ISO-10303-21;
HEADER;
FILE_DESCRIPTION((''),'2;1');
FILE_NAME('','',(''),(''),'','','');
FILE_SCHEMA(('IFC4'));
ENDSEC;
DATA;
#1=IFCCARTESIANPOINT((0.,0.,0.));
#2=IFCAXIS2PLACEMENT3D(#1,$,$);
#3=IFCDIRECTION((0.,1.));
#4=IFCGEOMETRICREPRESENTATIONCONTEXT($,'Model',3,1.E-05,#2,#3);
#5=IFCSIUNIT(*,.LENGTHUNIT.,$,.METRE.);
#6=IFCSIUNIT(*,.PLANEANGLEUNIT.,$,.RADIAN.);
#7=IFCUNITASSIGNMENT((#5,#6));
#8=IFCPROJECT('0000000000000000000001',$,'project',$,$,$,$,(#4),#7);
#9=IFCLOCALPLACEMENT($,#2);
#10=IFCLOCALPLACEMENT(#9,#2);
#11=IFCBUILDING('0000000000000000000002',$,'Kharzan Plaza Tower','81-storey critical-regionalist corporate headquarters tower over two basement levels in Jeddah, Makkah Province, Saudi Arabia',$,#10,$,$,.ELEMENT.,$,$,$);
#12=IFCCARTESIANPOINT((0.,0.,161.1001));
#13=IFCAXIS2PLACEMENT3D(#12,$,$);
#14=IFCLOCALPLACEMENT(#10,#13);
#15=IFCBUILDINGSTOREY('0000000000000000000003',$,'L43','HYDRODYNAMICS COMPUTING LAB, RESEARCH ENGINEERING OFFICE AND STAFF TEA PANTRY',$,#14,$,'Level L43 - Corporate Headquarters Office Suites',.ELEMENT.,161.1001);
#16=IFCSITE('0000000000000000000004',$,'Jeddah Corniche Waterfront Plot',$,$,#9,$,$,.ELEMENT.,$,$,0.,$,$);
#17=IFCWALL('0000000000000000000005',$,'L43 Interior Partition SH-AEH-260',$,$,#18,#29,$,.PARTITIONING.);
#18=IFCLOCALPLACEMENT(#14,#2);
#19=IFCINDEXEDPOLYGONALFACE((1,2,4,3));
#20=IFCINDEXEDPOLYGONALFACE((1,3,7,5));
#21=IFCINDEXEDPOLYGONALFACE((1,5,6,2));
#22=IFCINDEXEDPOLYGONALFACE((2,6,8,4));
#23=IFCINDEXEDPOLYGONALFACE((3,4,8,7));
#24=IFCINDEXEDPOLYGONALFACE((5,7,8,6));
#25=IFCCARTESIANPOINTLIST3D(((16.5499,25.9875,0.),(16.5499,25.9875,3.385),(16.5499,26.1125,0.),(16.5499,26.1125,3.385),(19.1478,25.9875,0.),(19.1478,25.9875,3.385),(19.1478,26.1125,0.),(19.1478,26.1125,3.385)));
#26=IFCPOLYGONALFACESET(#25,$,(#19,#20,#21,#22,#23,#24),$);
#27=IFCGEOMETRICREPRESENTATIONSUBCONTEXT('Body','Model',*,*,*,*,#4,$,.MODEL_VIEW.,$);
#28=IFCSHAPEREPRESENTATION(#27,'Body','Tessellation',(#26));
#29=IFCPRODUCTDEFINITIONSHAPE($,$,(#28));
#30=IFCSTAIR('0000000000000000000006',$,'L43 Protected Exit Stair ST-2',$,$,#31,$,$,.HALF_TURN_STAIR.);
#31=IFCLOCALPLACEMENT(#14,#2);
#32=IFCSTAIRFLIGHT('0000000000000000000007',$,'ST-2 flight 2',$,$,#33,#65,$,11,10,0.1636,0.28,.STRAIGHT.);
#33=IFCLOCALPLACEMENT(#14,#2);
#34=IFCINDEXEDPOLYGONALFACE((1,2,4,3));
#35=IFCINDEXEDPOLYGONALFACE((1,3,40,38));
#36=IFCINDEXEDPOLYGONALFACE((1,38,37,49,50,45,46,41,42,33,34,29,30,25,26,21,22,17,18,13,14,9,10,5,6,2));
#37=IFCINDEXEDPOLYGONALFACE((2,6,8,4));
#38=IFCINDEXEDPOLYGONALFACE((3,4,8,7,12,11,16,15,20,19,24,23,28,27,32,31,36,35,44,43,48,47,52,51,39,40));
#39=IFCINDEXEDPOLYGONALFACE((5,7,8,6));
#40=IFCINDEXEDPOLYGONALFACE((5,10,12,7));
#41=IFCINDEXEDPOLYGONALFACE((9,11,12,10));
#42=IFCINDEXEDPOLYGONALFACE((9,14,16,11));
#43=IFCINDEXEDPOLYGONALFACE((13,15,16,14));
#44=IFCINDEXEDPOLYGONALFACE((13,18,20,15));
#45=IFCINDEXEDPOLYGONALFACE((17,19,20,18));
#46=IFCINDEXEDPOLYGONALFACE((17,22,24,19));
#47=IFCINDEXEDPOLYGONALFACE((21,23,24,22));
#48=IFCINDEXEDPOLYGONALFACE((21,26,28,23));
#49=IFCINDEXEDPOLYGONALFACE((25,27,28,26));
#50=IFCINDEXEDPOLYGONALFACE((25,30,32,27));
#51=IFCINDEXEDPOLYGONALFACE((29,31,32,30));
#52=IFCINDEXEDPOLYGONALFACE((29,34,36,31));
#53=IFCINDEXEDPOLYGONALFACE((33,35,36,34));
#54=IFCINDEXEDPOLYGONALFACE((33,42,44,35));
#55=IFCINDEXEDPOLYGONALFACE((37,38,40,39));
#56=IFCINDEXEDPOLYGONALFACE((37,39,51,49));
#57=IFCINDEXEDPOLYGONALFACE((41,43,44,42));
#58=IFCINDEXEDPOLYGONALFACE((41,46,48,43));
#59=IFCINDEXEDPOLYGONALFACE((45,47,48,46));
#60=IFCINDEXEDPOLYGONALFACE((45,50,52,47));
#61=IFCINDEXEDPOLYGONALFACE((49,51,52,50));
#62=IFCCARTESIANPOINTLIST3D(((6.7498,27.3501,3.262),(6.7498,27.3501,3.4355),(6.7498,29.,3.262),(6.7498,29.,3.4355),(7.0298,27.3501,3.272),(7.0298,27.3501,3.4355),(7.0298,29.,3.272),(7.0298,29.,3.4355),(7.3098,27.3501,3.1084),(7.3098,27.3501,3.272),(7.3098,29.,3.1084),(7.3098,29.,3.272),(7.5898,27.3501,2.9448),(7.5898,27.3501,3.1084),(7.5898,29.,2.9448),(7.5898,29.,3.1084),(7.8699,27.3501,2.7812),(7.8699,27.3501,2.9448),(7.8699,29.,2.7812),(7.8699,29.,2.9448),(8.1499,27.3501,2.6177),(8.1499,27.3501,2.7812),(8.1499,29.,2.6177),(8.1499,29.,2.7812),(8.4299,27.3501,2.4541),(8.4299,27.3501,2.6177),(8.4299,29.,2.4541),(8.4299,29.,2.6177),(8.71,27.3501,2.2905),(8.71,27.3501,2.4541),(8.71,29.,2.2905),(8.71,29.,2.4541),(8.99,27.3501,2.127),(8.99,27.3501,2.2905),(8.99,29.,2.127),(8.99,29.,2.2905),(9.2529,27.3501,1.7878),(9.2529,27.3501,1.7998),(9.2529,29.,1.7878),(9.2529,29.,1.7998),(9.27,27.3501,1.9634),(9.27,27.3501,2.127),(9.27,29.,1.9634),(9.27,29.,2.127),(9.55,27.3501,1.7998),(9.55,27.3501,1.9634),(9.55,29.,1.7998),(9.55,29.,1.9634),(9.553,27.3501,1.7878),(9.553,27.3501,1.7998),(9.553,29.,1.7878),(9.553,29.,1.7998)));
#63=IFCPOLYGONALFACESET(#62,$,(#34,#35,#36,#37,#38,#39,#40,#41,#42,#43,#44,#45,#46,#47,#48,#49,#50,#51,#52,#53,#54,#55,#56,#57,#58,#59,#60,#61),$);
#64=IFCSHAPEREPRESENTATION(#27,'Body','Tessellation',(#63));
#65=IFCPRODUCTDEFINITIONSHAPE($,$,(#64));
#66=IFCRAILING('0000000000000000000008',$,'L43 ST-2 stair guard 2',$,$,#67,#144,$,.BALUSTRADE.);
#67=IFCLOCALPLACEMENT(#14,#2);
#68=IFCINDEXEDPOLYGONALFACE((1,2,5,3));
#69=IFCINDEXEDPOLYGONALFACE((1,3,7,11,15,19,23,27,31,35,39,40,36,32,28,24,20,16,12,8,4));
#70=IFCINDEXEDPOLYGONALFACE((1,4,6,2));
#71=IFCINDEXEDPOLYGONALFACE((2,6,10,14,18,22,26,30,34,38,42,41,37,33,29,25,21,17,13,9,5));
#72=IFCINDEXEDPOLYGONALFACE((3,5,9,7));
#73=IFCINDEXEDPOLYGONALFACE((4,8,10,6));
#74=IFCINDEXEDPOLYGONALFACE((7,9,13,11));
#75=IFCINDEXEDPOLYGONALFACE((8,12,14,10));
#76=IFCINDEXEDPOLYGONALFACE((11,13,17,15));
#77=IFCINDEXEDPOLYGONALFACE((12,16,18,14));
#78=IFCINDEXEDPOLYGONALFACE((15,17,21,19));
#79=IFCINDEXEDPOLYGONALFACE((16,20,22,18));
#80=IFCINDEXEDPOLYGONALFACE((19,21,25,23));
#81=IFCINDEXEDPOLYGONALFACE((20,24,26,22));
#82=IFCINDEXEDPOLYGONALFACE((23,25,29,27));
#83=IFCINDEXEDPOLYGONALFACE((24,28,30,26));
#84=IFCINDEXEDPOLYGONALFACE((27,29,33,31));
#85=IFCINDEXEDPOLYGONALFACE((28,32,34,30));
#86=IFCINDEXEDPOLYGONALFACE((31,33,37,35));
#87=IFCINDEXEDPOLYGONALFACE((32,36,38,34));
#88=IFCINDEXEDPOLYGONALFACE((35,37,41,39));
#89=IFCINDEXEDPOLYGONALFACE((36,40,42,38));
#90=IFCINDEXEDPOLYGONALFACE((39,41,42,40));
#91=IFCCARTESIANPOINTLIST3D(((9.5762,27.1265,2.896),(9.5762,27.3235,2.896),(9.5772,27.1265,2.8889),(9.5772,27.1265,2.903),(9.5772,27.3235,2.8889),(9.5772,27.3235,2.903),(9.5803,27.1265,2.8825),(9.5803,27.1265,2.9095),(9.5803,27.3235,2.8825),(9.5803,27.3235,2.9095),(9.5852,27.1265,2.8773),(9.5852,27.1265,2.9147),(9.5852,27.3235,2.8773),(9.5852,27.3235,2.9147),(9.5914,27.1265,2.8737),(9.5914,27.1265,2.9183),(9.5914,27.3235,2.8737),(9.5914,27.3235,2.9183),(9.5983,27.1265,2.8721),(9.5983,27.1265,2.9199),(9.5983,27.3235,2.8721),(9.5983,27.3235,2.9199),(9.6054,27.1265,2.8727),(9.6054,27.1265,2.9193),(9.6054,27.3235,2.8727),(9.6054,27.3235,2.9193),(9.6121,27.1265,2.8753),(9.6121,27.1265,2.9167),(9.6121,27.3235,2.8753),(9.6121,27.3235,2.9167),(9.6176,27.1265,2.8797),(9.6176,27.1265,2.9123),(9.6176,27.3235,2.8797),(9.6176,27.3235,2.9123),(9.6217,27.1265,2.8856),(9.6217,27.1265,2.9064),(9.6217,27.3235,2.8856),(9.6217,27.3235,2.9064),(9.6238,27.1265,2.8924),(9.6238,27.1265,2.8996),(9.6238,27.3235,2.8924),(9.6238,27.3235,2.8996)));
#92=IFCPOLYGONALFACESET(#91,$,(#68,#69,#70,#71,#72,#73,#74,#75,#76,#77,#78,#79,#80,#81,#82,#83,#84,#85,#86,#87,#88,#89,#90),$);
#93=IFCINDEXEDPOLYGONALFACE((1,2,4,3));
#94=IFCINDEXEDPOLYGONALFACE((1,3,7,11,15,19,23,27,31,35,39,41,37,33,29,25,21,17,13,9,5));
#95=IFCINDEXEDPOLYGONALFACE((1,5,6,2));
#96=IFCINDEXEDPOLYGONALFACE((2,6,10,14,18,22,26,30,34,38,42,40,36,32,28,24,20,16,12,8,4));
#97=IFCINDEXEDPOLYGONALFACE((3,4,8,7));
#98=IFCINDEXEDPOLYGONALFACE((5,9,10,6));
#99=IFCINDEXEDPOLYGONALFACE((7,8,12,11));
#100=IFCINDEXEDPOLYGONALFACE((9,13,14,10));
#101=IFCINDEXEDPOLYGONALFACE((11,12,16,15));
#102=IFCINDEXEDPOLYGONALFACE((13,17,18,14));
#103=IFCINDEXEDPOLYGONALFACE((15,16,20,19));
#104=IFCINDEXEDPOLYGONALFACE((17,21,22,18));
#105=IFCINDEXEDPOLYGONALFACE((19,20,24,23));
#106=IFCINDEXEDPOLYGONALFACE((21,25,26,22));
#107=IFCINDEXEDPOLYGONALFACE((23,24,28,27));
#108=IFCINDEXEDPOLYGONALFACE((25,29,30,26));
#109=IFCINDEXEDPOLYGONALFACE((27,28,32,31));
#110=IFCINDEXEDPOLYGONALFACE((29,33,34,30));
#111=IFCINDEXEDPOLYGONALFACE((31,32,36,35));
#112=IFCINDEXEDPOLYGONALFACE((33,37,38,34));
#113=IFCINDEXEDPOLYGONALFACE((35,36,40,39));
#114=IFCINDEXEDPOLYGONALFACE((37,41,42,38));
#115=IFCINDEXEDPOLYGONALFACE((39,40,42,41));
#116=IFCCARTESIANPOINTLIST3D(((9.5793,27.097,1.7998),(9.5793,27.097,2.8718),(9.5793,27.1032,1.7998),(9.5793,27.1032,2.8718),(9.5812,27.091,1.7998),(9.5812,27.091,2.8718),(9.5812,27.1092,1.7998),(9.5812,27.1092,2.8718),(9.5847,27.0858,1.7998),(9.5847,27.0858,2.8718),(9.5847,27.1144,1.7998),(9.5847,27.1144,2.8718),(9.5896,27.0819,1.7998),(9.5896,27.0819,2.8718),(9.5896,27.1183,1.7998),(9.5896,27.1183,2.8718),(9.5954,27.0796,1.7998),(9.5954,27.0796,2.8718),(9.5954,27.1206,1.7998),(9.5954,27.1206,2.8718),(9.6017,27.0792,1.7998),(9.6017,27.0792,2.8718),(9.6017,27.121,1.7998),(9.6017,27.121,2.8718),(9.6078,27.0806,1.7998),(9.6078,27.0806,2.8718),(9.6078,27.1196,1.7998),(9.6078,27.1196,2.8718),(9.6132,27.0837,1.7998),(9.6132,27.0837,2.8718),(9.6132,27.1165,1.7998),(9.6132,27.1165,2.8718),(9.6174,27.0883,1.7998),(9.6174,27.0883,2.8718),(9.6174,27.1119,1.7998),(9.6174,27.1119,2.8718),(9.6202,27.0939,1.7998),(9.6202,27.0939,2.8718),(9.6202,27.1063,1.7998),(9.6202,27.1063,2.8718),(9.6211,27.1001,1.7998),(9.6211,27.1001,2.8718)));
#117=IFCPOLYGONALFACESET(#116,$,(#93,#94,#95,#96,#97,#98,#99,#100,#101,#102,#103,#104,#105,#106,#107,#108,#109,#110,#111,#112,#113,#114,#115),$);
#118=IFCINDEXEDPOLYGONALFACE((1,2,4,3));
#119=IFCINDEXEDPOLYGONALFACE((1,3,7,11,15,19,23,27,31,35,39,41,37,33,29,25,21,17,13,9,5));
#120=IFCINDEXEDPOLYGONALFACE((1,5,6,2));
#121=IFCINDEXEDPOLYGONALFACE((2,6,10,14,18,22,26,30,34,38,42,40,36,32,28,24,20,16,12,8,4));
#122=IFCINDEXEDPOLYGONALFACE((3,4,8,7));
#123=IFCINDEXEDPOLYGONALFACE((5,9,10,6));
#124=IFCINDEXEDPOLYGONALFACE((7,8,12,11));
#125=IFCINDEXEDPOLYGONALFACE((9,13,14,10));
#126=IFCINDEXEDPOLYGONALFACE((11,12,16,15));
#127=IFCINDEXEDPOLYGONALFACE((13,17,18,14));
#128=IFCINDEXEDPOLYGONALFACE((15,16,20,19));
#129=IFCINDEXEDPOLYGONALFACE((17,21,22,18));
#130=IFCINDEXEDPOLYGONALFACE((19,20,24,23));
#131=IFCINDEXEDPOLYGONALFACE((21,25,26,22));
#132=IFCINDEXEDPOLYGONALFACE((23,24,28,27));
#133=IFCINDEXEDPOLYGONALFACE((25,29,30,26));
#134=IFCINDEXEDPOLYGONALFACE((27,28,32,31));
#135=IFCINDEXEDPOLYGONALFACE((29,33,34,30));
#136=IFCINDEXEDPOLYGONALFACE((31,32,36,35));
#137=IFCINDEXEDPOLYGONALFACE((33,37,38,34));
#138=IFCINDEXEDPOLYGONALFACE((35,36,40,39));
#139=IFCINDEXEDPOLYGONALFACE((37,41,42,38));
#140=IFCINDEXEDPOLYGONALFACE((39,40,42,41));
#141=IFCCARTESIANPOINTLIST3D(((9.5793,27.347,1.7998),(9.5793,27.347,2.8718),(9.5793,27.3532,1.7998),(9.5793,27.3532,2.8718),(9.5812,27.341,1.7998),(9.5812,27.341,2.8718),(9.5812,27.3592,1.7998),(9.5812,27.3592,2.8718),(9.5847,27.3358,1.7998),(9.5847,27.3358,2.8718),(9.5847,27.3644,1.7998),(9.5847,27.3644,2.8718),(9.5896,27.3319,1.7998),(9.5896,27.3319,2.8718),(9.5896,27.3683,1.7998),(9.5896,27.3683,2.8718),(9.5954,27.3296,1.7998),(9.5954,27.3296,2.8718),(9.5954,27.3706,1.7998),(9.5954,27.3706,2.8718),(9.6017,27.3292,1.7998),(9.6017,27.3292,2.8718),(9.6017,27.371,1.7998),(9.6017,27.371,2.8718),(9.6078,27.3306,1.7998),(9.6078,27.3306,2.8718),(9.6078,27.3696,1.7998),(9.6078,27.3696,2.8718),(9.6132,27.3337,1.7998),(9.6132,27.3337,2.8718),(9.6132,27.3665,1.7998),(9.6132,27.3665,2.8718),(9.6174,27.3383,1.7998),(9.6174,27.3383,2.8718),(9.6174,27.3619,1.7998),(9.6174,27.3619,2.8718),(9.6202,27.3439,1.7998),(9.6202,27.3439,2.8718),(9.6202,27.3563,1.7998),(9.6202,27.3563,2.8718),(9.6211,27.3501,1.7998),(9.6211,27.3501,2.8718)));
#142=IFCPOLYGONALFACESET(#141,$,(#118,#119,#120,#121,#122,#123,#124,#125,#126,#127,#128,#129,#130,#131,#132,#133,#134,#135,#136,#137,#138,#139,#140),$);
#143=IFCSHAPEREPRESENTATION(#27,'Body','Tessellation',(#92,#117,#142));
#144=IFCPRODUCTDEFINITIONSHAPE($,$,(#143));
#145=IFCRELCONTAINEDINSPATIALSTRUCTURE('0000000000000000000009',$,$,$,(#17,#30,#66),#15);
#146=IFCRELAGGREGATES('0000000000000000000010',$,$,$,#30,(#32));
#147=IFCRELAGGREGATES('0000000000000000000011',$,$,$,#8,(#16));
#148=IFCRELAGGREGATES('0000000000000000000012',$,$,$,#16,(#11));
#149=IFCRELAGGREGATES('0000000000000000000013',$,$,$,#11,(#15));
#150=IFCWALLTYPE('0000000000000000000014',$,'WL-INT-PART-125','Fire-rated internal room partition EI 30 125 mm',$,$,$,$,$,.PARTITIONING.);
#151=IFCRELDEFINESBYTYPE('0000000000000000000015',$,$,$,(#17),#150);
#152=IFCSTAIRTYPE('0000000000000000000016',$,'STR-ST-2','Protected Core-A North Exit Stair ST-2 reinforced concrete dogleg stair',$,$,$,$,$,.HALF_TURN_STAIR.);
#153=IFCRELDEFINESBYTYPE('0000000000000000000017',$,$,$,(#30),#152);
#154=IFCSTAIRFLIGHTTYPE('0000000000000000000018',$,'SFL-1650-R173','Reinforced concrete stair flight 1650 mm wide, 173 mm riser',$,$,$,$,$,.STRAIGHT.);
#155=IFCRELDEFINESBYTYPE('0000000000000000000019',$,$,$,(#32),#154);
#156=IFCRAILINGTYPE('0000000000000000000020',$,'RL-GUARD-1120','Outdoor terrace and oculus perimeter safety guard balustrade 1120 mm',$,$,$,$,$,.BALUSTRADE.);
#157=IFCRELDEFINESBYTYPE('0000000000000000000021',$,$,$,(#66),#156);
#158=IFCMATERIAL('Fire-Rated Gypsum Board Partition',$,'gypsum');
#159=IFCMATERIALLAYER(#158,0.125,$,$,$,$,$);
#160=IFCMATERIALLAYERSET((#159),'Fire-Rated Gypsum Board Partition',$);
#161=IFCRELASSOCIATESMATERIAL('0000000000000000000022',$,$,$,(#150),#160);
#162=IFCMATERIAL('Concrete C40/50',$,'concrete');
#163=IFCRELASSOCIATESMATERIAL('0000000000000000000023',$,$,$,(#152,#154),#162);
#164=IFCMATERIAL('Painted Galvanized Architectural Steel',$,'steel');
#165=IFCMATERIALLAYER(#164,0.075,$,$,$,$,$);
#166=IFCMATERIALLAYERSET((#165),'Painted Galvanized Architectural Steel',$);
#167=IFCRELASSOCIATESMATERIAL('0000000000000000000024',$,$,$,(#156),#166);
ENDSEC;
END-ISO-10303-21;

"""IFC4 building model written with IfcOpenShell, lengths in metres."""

from ifc_helpers import new_model, si_unit, direction, frame, frame_2d, origin, origin_2d, place, context, subcontext, project, spatial, polyline, rectangle, circle, outline, extrude, source, transform, mapped, material, layer, layer_set, type_object, element, aggregate, save


model = new_model("IFC4")

# Units and contexts
model_context = context("Model", 3, precision=1e-05, world=origin(), true_north=direction((0.0, 1.0)))
body_context = subcontext(model_context, "Body", "Model", "MODEL_VIEW")
ifc_project = project(units=[si_unit("LENGTHUNIT", "METRE"), si_unit("PLANEANGLEUNIT", "RADIAN")], contexts=[model_context])

# Site, building, storey
site_placement = place(None, origin())
site = spatial("IfcSite", under=ifc_project, at=site_placement, Name="Jeddah Corniche Waterfront Plot", CompositionType="ELEMENT", RefElevation=0.0)
building_placement = place(site_placement, origin())
building = spatial("IfcBuilding", under=site, at=building_placement, Name="Kharzan Plaza Tower", Description="81-storey critical-regionalist corporate headquarters tower over two basement levels in Jeddah, Makkah Province, Saudi Arabia", CompositionType="ELEMENT")
storey_placement = place(building_placement, frame((0.0, 0.0, 161.1001)))
storey = spatial("IfcBuildingStorey", under=building, at=storey_placement, Name="L43", Description="HYDRODYNAMICS COMPUTING LAB, RESEARCH ENGINEERING OFFICE AND STAFF TEA PANTRY", LongName="Level L43 - Corporate Headquarters Office Suites", CompositionType="ELEMENT", Elevation=161.1001)

# Shared definitions
ifc_material_1 = material(Name="Concrete C40/50", Category="concrete")
ifc_material_2 = material(Name="Fire-Rated Gypsum Board Partition", Category="gypsum")
ifc_layer_1 = layer(ifc_material_2, 0.125)
ifc_layer_set_1 = layer_set([ifc_layer_1], Name="Fire-Rated Gypsum Board Partition")
wall_type_1 = type_object("IfcWallType", Name="WL-INT-PART-125", Description="Fire-rated internal room partition EI 30 125 mm", PredefinedType="PARTITIONING", material=ifc_layer_set_1)

# Wall
shared_shape_1 = source(origin(), body_context, "Body", "SweptSolid", [
    extrude(rectangle(XDim=2.5979, YDim=0.125, at=frame_2d((1.2988, 0.0))), origin(), (0.0, 0.0, 1.0), 3.385),
])
for number, where, z_axis, x_axis, name in (
    (1, (16.55, 26.05, 0.0), (0.0, 0.0, 1.0), (1.0, 0.0, 0.0), "L43 Interior Partition SH-AEH-260"),
):
    element("IfcWall", number, at=place(storey_placement, frame(where, z_axis=z_axis, x_axis=x_axis)), inside=storey, type_object=wall_type_1, Name=name, PredefinedType="PARTITIONING", context=body_context, shape_type="MappedRepresentation", body=[
        mapped(shared_shape_1, transform((0.0, 0.0, 0.0), x_axis=(1.0, 0.0, 0.0), y_axis=(0.0, 1.0, 0.0), z_axis=(0.0, 0.0, 1.0))),
    ])

# Stair, stair flight
stair_type = type_object("IfcStairType", Name="STR-ST-2", Description="Protected Core-A North Exit Stair ST-2 reinforced concrete dogleg stair", PredefinedType="HALF_TURN_STAIR", material=ifc_material_1)
stair_placement = place(storey_placement, origin())
stair = element("IfcStair", 2, at=stair_placement, inside=storey, type_object=stair_type, Name="L43 Protected Exit Stair ST-2", PredefinedType="HALF_TURN_STAIR")
stair_flight_type = type_object("IfcStairFlightType", Name="SFL-1650-R173", Description="Reinforced concrete stair flight 1650 mm wide, 173 mm riser", PredefinedType="STRAIGHT", material=ifc_material_1)
shared_shape_2 = source(origin(), body_context, "Body", "SweptSolid", [
    extrude(outline(polyline([(-0.0029, -0.012), (-0.0029, 0.0), (0.0, 0.0), (0.0, 0.1636), (0.28, 0.1636), (0.28, 0.3271), (0.5601, 0.3271), (0.5601, 0.4907), (0.8401, 0.4907), (0.8401, 0.6543), (1.1201, 0.6543), (1.1201, 0.8179), (1.4001, 0.8179), (1.4001, 0.9814), (1.6802, 0.9814), (1.6802, 1.145), (1.9602, 1.145), (1.9602, 1.3086), (2.2402, 1.3086), (2.2402, 1.4722), (2.5203, 1.4722), (2.5203, 1.6357), (2.8003, 1.6357), (2.8003, 1.7993), (2.8003, 1.4622), (0.2971, 0.0), (0.2971, -0.012), (-0.0029, -0.012)])), frame((0.0, 0.825, 0.0), z_axis=(0.0, -1.0, 0.0), x_axis=(1.0, 0.0, 0.0)), (0.0, 0.0, 1.0), 1.6499),
])
stair_flight_placement = place(storey_placement, frame((9.55, 28.175, 1.7998), z_axis=(0.0, 0.0, 1.0), x_axis=(-1.0, 0.0, 0.0)))
stair_flight = element("IfcStairFlight", 3, at=stair_flight_placement, type_object=stair_flight_type, Name="ST-2 flight 2", NumberOfRisers=11, NumberOfTreads=10, PredefinedType="STRAIGHT", RiserHeight=0.1636, TreadLength=0.28, context=body_context, shape_type="MappedRepresentation", body=[
    mapped(shared_shape_2, transform((0.0, 0.0, 0.0), x_axis=(1.0, 0.0, 0.0), y_axis=(0.0, 1.0, 0.0), z_axis=(0.0, 0.0, 1.0))),
])
aggregate(stair, [stair_flight])

# Railing
ifc_material_3 = material(Name="Painted Galvanized Architectural Steel", Category="steel")
ifc_layer_2 = layer(ifc_material_3, 0.075)
ifc_layer_set_2 = layer_set([ifc_layer_2], Name="Painted Galvanized Architectural Steel")
railing_type_1 = type_object("IfcRailingType", Name="RL-GUARD-1120", Description="Outdoor terrace and oculus perimeter safety guard balustrade 1120 mm", PredefinedType="BALUSTRADE", material=ifc_layer_set_2)
shared_shape_3 = source(origin(), body_context, "Body", "SweptSolid", [
    extrude(circle(Radius=0.0239, at=origin_2d()), frame((0.0, 0.0264, 1.0962), z_axis=(0.0, 1.0, 0.0), x_axis=(-1.0, 0.0, 0.0)), (0.0, 0.0, 1.0), 0.197),
    extrude(circle(Radius=0.021, at=origin_2d()), origin(), (0.0, 0.0, 1.0), 1.072),
    extrude(circle(Radius=0.021, at=origin_2d()), frame((0.0, 0.25, 0.0)), (0.0, 0.0, 1.0), 1.072),
])
railing_1_placement = place(storey_placement, frame((9.6001, 27.1001, 1.7998)))
element("IfcRailing", 4, at=railing_1_placement, inside=storey, type_object=railing_type_1, Name="L43 ST-2 stair guard 2", PredefinedType="BALUSTRADE", context=body_context, shape_type="MappedRepresentation", body=[
    mapped(shared_shape_3, transform((0.0, 0.0, 0.0), x_axis=(1.0, 0.0, 0.0), y_axis=(0.0, 1.0, 0.0), z_axis=(0.0, 0.0, 1.0))),
])

save(model, "model.ifc")
